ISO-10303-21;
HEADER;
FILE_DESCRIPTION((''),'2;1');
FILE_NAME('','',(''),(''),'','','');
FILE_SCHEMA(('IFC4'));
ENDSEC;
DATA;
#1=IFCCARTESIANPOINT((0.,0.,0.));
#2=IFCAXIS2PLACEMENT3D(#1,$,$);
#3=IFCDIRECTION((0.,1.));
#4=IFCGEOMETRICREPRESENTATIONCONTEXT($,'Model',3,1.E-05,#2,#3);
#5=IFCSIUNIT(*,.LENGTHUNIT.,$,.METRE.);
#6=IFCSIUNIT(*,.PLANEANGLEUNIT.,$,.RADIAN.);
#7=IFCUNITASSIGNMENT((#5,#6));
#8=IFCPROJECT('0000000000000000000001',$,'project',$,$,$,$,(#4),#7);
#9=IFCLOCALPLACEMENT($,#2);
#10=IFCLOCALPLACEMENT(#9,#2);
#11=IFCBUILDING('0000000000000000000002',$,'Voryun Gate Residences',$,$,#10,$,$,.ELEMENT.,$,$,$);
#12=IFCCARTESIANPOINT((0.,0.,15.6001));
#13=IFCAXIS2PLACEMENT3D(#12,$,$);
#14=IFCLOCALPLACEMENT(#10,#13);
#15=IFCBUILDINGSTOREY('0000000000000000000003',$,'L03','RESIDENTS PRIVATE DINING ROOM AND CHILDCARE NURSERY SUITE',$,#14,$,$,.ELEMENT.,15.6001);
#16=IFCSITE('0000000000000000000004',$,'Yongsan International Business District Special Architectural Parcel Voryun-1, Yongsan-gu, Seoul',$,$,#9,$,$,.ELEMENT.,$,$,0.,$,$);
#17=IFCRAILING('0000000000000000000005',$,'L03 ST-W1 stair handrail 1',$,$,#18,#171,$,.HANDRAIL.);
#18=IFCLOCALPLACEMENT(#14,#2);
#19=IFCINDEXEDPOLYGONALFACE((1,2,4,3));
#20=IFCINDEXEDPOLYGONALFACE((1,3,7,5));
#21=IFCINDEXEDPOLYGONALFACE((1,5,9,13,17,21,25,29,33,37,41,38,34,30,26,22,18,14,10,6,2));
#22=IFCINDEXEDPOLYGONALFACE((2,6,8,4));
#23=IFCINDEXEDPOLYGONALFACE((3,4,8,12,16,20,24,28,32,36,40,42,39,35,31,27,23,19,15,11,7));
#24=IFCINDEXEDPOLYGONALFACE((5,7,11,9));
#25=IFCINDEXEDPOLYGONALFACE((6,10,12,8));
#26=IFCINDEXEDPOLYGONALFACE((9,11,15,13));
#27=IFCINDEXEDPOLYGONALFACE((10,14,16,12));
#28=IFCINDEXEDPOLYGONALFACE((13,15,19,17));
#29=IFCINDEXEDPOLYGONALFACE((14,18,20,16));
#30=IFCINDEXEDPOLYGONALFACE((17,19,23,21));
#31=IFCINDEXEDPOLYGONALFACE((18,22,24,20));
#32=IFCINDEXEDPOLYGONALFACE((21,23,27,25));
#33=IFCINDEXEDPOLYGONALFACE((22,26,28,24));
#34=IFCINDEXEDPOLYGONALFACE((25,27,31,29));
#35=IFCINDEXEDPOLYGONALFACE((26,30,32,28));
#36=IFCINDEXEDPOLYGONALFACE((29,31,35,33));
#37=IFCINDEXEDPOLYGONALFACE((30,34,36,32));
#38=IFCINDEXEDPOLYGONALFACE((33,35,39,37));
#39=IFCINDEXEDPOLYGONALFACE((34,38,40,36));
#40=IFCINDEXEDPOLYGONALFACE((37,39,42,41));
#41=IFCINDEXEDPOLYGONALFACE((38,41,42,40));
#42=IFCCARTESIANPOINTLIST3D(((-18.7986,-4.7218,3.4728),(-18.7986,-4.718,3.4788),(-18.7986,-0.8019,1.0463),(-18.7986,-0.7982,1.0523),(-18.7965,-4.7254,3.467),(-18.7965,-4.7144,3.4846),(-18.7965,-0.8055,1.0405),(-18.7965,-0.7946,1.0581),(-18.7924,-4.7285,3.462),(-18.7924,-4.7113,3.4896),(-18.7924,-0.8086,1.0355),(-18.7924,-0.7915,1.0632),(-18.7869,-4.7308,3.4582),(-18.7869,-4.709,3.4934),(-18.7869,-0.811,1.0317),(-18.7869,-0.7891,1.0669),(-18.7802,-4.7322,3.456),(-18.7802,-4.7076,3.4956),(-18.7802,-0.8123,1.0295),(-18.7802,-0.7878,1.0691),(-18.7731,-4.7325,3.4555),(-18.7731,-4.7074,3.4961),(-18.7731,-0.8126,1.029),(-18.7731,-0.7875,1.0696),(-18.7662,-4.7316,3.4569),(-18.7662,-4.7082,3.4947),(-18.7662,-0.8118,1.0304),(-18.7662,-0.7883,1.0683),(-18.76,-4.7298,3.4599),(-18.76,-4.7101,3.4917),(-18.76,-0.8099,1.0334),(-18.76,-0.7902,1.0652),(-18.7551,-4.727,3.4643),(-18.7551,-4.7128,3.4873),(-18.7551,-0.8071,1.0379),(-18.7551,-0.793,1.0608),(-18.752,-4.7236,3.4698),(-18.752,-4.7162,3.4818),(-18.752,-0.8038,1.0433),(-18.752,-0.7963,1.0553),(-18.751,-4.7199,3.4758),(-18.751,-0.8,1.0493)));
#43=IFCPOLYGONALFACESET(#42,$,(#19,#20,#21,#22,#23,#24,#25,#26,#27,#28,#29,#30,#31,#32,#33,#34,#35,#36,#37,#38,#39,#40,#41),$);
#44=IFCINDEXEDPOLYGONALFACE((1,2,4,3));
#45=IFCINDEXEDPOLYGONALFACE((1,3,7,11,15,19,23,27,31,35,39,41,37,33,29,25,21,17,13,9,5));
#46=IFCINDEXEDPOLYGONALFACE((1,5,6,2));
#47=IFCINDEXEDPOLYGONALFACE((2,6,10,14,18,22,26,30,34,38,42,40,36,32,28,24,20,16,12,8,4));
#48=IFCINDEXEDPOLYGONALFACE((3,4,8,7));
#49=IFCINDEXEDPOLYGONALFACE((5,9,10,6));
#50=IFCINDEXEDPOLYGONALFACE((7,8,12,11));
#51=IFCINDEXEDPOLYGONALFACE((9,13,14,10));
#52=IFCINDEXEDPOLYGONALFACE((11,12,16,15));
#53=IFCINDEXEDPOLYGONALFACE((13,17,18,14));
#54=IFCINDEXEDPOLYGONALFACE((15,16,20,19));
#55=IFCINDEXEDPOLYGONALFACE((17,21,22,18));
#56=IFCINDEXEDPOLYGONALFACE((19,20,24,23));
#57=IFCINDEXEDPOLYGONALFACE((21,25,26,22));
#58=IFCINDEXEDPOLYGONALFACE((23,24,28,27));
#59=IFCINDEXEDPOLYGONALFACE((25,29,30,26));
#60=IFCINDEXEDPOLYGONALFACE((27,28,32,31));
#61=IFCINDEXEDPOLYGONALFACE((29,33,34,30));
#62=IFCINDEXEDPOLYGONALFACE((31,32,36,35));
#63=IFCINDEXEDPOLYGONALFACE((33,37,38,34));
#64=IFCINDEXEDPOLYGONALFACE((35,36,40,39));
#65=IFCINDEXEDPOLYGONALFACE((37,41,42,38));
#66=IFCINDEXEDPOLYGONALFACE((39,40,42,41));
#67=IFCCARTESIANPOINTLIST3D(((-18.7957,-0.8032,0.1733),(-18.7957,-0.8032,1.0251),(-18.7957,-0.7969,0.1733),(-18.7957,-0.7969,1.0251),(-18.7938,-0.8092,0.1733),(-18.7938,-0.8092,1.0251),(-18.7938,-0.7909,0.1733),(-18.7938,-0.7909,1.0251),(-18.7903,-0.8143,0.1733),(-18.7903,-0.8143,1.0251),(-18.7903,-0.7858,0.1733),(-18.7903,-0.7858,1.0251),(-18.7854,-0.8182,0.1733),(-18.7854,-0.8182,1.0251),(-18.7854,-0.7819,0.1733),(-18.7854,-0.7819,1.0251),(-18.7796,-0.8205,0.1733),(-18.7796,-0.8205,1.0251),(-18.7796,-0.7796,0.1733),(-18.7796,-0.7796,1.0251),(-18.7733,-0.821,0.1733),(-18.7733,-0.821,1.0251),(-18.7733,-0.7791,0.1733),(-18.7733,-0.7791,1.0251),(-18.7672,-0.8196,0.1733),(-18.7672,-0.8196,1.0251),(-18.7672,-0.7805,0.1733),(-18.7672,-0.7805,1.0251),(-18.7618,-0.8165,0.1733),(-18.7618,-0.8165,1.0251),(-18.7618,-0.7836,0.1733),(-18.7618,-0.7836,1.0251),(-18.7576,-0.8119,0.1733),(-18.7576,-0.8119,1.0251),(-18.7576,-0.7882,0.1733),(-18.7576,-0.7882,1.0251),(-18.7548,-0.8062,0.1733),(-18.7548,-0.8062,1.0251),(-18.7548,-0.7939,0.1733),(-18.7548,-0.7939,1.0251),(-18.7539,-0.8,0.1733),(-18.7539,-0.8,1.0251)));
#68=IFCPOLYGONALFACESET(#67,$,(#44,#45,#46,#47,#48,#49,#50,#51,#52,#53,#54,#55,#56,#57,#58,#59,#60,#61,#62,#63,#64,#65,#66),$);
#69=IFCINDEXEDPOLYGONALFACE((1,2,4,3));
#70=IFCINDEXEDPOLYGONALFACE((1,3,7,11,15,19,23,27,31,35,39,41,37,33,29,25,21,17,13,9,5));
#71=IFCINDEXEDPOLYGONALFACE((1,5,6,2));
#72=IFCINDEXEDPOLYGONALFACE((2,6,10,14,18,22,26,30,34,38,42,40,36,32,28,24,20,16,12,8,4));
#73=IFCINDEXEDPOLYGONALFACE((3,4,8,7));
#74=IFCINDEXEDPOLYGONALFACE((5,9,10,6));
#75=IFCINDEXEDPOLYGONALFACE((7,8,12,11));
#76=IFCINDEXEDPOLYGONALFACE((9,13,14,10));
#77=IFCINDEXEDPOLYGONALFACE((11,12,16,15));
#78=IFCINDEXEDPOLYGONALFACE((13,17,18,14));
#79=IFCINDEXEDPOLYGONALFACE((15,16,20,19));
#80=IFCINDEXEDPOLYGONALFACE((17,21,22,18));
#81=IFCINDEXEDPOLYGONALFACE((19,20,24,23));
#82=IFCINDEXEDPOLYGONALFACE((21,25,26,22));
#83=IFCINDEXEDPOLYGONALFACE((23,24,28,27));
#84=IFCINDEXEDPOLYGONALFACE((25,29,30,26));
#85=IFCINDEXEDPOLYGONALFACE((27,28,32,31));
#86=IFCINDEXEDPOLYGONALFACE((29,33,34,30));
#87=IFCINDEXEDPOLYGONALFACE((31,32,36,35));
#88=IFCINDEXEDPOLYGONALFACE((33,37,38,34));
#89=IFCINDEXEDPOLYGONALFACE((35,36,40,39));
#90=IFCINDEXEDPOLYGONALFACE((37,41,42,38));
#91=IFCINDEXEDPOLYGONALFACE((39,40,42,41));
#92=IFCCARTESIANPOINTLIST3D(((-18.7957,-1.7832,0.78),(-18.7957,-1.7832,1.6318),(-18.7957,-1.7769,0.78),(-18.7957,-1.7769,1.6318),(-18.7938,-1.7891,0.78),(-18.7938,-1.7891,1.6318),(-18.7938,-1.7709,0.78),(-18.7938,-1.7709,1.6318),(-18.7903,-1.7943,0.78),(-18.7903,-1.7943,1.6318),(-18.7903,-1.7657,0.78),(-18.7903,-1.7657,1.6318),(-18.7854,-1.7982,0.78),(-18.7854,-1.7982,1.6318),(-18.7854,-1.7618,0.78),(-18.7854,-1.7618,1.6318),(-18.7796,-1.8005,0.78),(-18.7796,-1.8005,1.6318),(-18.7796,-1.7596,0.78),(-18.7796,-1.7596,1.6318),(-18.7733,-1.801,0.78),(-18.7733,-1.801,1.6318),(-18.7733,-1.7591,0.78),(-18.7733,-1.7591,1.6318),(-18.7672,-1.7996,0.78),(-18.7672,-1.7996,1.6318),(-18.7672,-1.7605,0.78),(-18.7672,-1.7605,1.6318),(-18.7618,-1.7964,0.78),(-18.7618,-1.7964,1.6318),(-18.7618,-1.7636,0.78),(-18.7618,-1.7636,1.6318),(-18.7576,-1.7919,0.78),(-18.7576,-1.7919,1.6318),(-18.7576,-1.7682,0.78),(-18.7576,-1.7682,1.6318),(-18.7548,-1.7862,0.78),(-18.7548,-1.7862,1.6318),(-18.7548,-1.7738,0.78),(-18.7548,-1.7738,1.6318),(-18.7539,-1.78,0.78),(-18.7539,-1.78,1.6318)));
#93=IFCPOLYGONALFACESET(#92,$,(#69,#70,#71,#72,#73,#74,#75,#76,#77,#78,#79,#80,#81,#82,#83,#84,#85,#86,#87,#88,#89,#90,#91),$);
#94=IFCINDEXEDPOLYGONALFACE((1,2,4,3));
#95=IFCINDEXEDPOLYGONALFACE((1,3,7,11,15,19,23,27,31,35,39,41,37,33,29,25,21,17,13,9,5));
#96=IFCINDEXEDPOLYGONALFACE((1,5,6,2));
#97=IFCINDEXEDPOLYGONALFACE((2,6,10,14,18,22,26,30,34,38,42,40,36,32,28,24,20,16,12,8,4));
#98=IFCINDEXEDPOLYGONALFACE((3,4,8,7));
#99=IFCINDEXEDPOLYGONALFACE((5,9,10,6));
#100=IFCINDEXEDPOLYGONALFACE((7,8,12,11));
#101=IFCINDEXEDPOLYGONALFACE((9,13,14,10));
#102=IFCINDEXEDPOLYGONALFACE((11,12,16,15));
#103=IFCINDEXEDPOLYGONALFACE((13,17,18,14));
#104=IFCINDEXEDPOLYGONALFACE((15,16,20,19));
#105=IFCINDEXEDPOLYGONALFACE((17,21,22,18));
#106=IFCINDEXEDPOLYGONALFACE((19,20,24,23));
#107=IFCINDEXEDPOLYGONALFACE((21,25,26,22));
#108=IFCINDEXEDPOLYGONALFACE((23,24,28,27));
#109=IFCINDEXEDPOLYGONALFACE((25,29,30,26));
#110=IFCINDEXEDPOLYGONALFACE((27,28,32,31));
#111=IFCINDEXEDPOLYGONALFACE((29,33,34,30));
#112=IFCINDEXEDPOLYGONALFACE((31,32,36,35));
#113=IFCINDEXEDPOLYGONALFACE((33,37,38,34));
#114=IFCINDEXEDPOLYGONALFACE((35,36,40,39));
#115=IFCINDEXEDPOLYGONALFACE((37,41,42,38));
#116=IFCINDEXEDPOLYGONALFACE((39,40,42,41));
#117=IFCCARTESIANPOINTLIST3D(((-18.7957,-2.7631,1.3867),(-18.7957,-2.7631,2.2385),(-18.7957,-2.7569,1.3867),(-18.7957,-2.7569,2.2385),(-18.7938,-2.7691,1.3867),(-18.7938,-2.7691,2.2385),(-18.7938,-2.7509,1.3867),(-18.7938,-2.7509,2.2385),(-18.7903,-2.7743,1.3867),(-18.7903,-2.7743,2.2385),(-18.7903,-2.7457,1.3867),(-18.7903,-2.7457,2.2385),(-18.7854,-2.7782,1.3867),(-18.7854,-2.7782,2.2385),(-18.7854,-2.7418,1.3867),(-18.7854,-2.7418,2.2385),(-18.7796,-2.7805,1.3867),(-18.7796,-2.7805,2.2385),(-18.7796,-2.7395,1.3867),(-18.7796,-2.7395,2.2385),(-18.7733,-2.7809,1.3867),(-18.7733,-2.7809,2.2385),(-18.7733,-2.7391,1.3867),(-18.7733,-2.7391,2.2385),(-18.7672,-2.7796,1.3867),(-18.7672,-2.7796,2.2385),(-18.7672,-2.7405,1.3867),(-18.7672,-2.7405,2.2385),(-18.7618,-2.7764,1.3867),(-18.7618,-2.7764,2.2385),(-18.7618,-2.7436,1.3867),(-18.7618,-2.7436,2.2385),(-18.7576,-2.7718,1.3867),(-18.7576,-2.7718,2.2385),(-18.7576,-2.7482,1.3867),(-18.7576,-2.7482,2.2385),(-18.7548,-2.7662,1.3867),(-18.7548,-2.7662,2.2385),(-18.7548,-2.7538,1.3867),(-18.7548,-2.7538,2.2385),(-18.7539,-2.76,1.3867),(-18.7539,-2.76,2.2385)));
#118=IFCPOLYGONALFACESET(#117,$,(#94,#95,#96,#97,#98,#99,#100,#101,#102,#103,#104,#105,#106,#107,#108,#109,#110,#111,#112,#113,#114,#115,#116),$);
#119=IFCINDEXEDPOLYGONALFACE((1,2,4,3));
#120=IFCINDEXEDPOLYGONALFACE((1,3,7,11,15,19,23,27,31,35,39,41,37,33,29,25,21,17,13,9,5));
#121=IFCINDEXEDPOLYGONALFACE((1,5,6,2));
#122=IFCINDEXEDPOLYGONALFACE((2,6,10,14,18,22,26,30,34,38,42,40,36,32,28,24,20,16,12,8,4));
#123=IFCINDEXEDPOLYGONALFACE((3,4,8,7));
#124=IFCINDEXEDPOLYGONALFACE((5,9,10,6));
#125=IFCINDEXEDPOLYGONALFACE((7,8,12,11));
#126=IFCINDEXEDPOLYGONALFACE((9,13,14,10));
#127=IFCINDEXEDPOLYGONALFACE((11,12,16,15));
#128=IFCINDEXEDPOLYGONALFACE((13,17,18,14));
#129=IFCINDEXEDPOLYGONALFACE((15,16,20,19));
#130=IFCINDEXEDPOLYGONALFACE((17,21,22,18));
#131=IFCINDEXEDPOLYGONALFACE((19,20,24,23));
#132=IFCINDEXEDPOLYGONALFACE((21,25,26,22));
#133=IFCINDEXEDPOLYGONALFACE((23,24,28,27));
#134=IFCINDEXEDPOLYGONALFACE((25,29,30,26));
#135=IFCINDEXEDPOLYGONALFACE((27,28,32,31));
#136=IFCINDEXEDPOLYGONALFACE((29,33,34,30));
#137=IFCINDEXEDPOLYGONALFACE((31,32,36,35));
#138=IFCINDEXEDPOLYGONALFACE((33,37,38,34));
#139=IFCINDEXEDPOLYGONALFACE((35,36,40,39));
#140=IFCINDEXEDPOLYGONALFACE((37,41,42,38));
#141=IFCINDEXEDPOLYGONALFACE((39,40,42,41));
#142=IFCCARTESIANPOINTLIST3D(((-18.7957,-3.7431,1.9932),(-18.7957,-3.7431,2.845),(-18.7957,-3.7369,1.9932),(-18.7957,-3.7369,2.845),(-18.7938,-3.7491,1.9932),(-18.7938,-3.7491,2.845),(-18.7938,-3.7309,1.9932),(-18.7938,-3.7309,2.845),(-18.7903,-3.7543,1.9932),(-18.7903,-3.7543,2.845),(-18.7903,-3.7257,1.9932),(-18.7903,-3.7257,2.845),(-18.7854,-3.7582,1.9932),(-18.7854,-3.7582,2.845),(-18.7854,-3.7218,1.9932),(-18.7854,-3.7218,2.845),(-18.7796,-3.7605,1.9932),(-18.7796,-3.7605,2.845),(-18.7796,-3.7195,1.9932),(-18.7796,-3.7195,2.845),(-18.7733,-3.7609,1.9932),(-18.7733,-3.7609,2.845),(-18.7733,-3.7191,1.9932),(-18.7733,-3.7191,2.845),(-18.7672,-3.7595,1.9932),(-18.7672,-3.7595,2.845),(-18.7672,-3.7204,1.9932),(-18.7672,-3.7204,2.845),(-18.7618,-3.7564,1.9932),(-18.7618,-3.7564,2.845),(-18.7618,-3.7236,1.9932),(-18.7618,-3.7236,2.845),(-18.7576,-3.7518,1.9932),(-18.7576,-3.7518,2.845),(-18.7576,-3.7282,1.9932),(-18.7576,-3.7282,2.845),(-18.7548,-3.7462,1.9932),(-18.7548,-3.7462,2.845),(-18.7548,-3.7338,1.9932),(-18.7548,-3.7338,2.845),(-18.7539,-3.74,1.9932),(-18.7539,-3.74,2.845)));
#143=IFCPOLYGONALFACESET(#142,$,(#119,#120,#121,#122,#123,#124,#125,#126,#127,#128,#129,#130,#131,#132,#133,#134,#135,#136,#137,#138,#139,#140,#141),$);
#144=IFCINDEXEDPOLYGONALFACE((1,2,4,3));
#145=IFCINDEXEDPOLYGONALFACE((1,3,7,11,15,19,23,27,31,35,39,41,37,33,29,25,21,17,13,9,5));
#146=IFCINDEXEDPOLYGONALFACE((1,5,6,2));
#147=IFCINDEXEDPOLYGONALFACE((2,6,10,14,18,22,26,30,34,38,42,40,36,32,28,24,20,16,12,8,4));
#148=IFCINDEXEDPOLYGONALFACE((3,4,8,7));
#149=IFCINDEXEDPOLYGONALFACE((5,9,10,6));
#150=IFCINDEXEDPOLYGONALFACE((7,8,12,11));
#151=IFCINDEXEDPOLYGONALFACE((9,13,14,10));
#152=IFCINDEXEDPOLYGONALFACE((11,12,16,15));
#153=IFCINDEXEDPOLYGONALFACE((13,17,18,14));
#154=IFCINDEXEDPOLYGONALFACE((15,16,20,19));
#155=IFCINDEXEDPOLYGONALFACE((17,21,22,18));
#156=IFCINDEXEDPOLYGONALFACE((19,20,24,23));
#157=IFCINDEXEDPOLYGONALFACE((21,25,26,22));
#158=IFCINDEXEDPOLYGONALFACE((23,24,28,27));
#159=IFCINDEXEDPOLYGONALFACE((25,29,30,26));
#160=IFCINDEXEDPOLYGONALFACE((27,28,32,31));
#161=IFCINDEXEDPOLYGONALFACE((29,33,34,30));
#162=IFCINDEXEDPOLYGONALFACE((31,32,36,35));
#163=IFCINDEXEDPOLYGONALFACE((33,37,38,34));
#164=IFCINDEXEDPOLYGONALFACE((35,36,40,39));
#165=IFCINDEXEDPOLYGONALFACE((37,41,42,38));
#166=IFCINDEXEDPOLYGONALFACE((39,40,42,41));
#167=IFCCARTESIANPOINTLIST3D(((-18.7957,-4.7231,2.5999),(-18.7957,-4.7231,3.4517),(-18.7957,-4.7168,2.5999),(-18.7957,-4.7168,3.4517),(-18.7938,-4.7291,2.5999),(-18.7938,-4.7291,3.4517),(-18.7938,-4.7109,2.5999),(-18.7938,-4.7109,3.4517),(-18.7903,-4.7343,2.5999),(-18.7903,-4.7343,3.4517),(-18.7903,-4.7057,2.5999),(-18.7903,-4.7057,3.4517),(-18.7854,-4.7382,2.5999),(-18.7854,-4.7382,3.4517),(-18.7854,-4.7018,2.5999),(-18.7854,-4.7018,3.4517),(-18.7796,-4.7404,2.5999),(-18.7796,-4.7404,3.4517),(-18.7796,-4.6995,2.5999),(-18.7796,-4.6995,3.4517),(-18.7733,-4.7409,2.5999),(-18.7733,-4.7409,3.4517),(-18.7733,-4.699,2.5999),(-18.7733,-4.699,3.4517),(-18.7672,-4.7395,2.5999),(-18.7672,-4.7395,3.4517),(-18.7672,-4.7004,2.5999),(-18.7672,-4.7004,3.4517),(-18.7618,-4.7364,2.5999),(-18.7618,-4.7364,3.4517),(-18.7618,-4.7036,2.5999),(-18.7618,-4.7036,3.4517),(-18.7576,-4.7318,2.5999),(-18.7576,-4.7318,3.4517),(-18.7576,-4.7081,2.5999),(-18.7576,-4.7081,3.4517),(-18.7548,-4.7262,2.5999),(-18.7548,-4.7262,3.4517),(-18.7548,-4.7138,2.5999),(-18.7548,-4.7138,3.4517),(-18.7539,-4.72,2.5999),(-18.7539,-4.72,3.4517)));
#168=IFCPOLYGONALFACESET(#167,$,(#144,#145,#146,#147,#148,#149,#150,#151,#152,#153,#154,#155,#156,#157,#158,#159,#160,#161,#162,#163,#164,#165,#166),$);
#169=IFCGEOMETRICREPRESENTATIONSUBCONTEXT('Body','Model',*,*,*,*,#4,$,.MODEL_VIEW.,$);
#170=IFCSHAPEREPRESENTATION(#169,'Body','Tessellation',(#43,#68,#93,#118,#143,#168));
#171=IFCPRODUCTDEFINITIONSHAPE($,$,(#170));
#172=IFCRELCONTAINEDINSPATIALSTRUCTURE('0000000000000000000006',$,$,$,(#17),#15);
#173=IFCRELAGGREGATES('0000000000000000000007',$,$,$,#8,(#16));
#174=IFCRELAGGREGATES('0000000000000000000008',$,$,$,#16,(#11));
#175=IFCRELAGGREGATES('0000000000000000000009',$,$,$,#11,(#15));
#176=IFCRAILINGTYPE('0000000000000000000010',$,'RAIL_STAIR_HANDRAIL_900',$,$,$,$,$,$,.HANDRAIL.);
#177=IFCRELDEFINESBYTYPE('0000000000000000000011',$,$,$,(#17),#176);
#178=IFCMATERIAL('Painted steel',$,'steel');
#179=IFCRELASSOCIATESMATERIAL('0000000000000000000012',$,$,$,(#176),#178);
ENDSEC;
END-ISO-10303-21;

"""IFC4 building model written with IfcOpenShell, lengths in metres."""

from ifc_helpers import new_model, si_unit, direction, frame, origin, origin_2d, place, context, subcontext, project, spatial, circle, extrude, material, type_object, element, save


model = new_model("IFC4")

# Units and contexts
model_context = context("Model", 3, precision=1e-05, world=origin(), true_north=direction((0.0, 1.0)))
body_context = subcontext(model_context, "Body", "Model", "MODEL_VIEW")
ifc_project = project(units=[si_unit("LENGTHUNIT", "METRE"), si_unit("PLANEANGLEUNIT", "RADIAN")], contexts=[model_context])

# Site, building, storey
site_placement = place(None, origin())
site = spatial("IfcSite", under=ifc_project, at=site_placement, Name="Yongsan International Business District Special Architectural Parcel Voryun-1, Yongsan-gu, Seoul", CompositionType="ELEMENT", RefElevation=0.0)
building_placement = place(site_placement, origin())
building = spatial("IfcBuilding", under=site, at=building_placement, Name="Voryun Gate Residences", CompositionType="ELEMENT")
storey_placement = place(building_placement, frame((0.0, 0.0, 15.6001)))
storey = spatial("IfcBuildingStorey", under=building, at=storey_placement, Name="L03", Description="RESIDENTS PRIVATE DINING ROOM AND CHILDCARE NURSERY SUITE", CompositionType="ELEMENT", Elevation=15.6001)

# Railing
ifc_material_1 = material(Name="Painted steel", Category="steel")
railing_type_1 = type_object("IfcRailingType", Name="RAIL_STAIR_HANDRAIL_900", PredefinedType="HANDRAIL", material=ifc_material_1)
railing_1_placement = place(storey_placement, frame((-18.7749, -0.8, 0.1733)))
element("IfcRailing", 1, at=railing_1_placement, inside=storey, type_object=railing_type_1, Name="L03 ST-W1 stair handrail 1", PredefinedType="HANDRAIL", context=body_context, shape_type="SweptSolid", body=[
    extrude(circle(Radius=0.0239, at=origin_2d()), frame((0.0, 0.0, 0.876), z_axis=(0.0, -0.850275, 0.526338), x_axis=(1.0, 0.0, 0.0)), (0.0, 0.0, 1.0), 4.6101),
    extrude(circle(Radius=0.021, at=origin_2d()), origin(), (0.0, 0.0, 1.0), 0.8518),
    extrude(circle(Radius=0.021, at=origin_2d()), frame((0.0, -0.98, 0.6067)), (0.0, 0.0, 1.0), 0.8518),
    extrude(circle(Radius=0.021, at=origin_2d()), frame((0.0, -1.96, 1.2134)), (0.0, 0.0, 1.0), 0.8518),
    extrude(circle(Radius=0.021, at=origin_2d()), frame((0.0, -2.9399, 1.8198)), (0.0, 0.0, 1.0), 0.8518),
    extrude(circle(Radius=0.021, at=origin_2d()), frame((0.0, -3.9199, 2.4265)), (0.0, 0.0, 1.0), 0.8518),
])

save(model, "model.ifc")
